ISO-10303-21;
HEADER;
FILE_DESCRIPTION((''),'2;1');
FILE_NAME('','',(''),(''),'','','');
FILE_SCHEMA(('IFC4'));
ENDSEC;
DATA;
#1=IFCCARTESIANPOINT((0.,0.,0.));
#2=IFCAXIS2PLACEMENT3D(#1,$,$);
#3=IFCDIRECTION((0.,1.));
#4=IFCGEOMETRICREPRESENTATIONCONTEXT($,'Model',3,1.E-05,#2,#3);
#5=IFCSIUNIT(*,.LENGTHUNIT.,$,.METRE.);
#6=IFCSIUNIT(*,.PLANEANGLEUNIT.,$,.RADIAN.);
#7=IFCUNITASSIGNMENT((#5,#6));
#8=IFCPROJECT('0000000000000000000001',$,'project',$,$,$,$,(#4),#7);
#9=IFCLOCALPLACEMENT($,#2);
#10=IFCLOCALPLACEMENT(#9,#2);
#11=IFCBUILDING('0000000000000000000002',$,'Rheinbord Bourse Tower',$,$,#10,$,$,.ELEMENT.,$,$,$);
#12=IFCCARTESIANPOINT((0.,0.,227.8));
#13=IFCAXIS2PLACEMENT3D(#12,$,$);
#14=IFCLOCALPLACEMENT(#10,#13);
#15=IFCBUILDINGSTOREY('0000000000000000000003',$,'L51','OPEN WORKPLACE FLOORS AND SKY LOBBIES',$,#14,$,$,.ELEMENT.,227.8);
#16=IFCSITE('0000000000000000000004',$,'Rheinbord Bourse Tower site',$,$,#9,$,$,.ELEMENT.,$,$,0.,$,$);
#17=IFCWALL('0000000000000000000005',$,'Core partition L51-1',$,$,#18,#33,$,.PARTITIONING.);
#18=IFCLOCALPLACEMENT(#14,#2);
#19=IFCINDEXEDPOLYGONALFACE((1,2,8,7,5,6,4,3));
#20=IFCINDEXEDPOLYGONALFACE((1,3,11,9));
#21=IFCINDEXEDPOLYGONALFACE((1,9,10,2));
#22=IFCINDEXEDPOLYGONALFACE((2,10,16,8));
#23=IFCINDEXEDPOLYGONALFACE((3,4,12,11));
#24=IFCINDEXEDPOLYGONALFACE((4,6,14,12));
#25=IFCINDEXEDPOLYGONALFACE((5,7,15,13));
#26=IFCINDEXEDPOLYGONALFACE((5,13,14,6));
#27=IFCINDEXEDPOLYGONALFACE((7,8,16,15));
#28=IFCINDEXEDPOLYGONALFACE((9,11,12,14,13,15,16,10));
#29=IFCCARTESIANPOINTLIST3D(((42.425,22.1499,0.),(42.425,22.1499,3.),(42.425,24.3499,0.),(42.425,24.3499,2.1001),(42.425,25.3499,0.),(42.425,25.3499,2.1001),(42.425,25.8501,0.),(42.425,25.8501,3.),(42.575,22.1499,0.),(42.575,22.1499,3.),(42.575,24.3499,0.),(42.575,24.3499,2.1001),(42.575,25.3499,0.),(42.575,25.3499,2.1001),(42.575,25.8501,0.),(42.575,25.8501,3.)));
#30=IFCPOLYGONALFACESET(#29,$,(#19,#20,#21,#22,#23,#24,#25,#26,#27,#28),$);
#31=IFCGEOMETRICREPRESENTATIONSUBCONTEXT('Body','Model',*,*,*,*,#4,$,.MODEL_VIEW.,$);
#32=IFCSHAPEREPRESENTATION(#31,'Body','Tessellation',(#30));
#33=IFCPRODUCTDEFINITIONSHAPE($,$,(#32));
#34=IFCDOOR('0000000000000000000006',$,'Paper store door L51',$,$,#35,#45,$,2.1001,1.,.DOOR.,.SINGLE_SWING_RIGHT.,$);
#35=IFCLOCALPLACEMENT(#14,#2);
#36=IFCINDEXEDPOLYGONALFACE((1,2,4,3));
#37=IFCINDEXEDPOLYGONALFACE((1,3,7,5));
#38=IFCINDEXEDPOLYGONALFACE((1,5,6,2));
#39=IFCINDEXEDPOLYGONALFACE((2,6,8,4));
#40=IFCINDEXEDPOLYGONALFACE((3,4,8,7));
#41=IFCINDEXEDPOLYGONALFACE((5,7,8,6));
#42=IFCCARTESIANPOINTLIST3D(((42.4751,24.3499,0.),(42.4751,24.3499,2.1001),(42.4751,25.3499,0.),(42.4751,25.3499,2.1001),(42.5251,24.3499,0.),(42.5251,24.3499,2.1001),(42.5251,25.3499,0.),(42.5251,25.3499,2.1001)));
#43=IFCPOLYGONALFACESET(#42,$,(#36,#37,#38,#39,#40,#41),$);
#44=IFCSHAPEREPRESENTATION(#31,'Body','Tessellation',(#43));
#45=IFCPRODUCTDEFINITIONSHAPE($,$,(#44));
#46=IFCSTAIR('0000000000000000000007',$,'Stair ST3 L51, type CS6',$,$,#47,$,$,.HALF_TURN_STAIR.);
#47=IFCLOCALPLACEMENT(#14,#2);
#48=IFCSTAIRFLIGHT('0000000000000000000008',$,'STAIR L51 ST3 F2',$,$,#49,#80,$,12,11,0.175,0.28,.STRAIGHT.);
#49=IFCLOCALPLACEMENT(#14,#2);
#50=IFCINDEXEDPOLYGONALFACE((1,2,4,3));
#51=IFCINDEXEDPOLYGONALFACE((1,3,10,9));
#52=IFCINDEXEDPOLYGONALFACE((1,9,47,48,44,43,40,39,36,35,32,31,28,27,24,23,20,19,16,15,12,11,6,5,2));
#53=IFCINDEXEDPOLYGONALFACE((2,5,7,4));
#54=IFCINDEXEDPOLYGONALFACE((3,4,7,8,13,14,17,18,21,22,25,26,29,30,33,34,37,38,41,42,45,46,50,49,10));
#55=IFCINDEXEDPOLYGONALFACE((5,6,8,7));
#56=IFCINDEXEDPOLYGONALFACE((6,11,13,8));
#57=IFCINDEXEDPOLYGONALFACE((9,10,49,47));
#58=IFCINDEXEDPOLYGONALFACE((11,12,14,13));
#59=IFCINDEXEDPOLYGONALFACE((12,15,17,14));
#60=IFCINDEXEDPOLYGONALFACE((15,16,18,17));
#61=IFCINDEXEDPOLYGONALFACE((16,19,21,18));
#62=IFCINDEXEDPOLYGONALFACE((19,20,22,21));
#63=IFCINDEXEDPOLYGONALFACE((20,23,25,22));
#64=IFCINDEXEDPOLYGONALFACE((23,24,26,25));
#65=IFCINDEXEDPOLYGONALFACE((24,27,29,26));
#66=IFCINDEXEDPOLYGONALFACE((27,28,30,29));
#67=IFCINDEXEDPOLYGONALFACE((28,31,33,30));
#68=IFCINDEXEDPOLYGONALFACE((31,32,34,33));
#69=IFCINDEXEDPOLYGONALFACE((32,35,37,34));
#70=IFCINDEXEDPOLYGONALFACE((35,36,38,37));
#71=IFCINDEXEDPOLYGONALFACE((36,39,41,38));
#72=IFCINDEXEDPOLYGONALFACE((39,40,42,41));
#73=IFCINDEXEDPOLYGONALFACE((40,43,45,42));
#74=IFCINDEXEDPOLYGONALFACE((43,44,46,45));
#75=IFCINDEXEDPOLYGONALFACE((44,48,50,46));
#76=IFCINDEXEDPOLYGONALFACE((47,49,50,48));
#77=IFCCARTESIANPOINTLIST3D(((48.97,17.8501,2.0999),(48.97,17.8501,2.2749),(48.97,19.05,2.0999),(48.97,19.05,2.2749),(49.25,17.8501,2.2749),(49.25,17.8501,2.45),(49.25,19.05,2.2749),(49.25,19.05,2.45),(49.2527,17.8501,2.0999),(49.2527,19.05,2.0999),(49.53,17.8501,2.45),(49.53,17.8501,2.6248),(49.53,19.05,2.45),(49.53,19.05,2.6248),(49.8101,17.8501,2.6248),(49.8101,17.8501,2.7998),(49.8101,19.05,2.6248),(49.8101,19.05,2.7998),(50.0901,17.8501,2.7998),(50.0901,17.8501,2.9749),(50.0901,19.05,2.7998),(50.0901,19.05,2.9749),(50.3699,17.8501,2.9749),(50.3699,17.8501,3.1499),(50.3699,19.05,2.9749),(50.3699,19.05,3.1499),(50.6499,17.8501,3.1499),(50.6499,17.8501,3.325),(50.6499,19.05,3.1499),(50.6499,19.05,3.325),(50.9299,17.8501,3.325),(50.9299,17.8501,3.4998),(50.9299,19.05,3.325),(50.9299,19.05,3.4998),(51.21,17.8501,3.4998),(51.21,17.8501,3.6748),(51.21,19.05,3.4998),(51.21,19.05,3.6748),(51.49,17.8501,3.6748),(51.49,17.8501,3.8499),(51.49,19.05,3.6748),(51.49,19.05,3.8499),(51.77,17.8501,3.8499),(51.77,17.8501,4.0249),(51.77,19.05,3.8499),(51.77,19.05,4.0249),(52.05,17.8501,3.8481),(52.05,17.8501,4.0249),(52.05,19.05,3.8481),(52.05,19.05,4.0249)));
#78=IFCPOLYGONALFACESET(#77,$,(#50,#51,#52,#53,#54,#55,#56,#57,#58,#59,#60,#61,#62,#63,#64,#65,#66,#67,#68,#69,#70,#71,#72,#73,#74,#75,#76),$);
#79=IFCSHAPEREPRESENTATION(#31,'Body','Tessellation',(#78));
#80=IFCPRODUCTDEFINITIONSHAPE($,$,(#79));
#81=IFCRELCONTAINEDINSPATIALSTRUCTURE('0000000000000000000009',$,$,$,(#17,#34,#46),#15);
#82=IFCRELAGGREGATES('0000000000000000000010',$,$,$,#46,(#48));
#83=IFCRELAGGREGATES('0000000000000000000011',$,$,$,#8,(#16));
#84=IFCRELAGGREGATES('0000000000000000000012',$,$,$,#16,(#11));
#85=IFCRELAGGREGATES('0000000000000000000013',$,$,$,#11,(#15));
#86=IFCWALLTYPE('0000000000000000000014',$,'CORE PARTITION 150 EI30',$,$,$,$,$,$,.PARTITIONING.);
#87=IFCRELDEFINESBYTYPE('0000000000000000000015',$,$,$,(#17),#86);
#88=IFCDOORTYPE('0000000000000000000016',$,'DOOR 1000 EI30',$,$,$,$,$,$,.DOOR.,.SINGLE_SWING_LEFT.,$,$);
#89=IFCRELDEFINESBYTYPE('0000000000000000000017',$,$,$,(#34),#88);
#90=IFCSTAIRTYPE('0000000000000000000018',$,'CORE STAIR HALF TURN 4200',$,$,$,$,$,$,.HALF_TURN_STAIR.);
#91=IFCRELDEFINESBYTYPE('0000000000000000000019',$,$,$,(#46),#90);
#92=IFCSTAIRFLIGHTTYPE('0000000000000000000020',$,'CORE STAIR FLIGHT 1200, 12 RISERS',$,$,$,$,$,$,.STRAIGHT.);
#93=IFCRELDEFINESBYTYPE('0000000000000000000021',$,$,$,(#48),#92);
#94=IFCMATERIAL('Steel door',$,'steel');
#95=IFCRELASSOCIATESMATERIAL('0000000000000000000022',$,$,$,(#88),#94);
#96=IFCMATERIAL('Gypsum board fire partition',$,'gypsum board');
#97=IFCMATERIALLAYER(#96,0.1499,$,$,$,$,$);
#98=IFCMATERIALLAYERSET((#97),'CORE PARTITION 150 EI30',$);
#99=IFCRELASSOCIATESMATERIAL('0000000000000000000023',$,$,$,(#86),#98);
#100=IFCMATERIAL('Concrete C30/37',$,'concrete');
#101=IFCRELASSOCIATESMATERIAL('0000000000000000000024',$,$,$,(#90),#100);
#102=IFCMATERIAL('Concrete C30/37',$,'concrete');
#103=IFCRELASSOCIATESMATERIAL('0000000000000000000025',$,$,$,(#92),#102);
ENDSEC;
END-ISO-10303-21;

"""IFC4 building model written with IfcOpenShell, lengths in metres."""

from ifc_helpers import new_model, si_unit, direction, frame, frame_2d, origin, place, context, subcontext, project, spatial, polyline, rectangle, outline, extrude, material, layer, layer_set, type_object, element, fill, aggregate, save


model = new_model("IFC4")

# Units and contexts
model_context = context("Model", 3, precision=1e-05, world=origin(), true_north=direction((0.0, 1.0)))
body_context = subcontext(model_context, "Body", "Model", "MODEL_VIEW")
ifc_project = project(units=[si_unit("LENGTHUNIT", "METRE"), si_unit("PLANEANGLEUNIT", "RADIAN")], contexts=[model_context])

# Site, building, storey
site_placement = place(None, origin())
site = spatial("IfcSite", under=ifc_project, at=site_placement, Name="Rheinbord Bourse Tower site", CompositionType="ELEMENT", RefElevation=0.0)
building_placement = place(site_placement, origin())
building = spatial("IfcBuilding", under=site, at=building_placement, Name="Rheinbord Bourse Tower", CompositionType="ELEMENT")
storey_placement = place(building_placement, frame((0.0, 0.0, 227.8)))
storey = spatial("IfcBuildingStorey", under=building, at=storey_placement, Name="L51", Description="OPEN WORKPLACE FLOORS AND SKY LOBBIES", CompositionType="ELEMENT", Elevation=227.8)

# Shared definitions
ifc_material_1 = material(Name="Steel door", Category="steel")
door_type_1 = type_object("IfcDoorType", Name="DOOR 1000 EI30", OperationType="SINGLE_SWING_LEFT", PredefinedType="DOOR", material=ifc_material_1)

# Wall, opening, door
ifc_material_2 = material(Name="Gypsum board fire partition", Category="gypsum board")
ifc_layer_1 = layer(ifc_material_2, 0.1499)
ifc_layer_set_1 = layer_set([ifc_layer_1], Name="CORE PARTITION 150 EI30")
wall_type_1 = type_object("IfcWallType", Name="CORE PARTITION 150 EI30", PredefinedType="PARTITIONING", material=ifc_layer_set_1)
wall_1_placement = place(storey_placement, frame((42.5, 22.1499, 0.0), z_axis=(0.0, 0.0, 1.0), x_axis=(0.0, 1.0, 0.0)))
wall_1 = element("IfcWall", 1, at=wall_1_placement, inside=storey, type_object=wall_type_1, Name="Core partition L51-1", PredefinedType="PARTITIONING", context=body_context, shape_type="SweptSolid", body=[
    extrude(rectangle(XDim=3.7002, YDim=0.1499, at=frame_2d((1.8501, 0.0))), origin(), (0.0, 0.0, 1.0), 3.0),
])
opening_1_placement = place(wall_1_placement, frame((2.2, 0.0, 0.0)))
opening_1 = element("IfcOpeningElement", 2, at=opening_1_placement, cuts=wall_1, PredefinedType="OPENING", context=body_context, shape_type="SweptSolid", body=[
    extrude(rectangle(XDim=1.0, YDim=2.1001, at=frame_2d((0.5, 1.05))), frame((0.0, 0.085, 0.0), z_axis=(0.0, -1.0, 0.0), x_axis=(1.0, 0.0, 0.0)), (0.0, 0.0, 1.0), 0.1699),
])
door_1_placement = place(opening_1_placement, origin())
door_1 = element("IfcDoor", 3, at=door_1_placement, inside=storey, type_object=door_type_1, Name="Paper store door L51", OperationType="SINGLE_SWING_RIGHT", OverallHeight=2.1001, OverallWidth=1.0, PredefinedType="DOOR", context=body_context, shape_type="SweptSolid", body=[
    extrude(rectangle(XDim=1.0, YDim=2.1001, at=frame_2d((0.5, 1.05))), frame((0.0, 0.0249, 0.0), z_axis=(0.0, -1.0, 0.0), x_axis=(1.0, 0.0, 0.0)), (0.0, 0.0, 1.0), 0.05),
])
fill(opening_1, door_1)

# Stair, stair flight
ifc_material_3 = material(Name="Concrete C30/37", Category="concrete")
stair_type = type_object("IfcStairType", Name="CORE STAIR HALF TURN 4200", PredefinedType="HALF_TURN_STAIR", material=ifc_material_3)
stair_placement = place(storey_placement, origin())
stair = element("IfcStair", 4, at=stair_placement, inside=storey, type_object=stair_type, Name="Stair ST3 L51, type CS6", PredefinedType="HALF_TURN_STAIR")
ifc_material_4 = material(Name="Concrete C30/37", Category="concrete")
stair_flight_type = type_object("IfcStairFlightType", Name="CORE STAIR FLIGHT 1200, 12 RISERS", PredefinedType="STRAIGHT", material=ifc_material_4)
stair_flight_placement = place(storey_placement, frame((48.97, 18.45, 2.0999), z_axis=(0.0, 0.0, 1.0), x_axis=(1.0, 0.0, 0.0)))
stair_flight = element("IfcStairFlight", 5, at=stair_flight_placement, type_object=stair_flight_type, Name="STAIR L51 ST3 F2", NumberOfRisers=12, NumberOfTreads=11, PredefinedType="STRAIGHT", RiserHeight=0.175, TreadLength=0.28, context=body_context, shape_type="SweptSolid", body=[
    extrude(outline(polyline([(0.0, 0.0), (0.0, 0.175), (0.28, 0.175), (0.28, 0.3501), (0.5601, 0.3501), (0.5601, 0.5249), (0.8401, 0.5249), (0.8401, 0.7), (1.1201, 0.7), (1.1201, 0.875), (1.3999, 0.875), (1.3999, 1.05), (1.6799, 1.05), (1.6799, 1.2251), (1.96, 1.2251), (1.96, 1.3999), (2.24, 1.3999), (2.24, 1.575), (2.52, 1.575), (2.52, 1.75), (2.8, 1.75), (2.8, 1.925), (3.0801, 1.925), (3.0801, 2.1001), (3.0801, 1.7483), (0.2827, 0.0), (0.0, 0.0)])), frame((0.0, 0.6001, 0.0), z_axis=(0.0, -1.0, 0.0), x_axis=(1.0, 0.0, 0.0)), (0.0, 0.0, 1.0), 1.2),
])
aggregate(stair, [stair_flight])

save(model, "model.ifc")
